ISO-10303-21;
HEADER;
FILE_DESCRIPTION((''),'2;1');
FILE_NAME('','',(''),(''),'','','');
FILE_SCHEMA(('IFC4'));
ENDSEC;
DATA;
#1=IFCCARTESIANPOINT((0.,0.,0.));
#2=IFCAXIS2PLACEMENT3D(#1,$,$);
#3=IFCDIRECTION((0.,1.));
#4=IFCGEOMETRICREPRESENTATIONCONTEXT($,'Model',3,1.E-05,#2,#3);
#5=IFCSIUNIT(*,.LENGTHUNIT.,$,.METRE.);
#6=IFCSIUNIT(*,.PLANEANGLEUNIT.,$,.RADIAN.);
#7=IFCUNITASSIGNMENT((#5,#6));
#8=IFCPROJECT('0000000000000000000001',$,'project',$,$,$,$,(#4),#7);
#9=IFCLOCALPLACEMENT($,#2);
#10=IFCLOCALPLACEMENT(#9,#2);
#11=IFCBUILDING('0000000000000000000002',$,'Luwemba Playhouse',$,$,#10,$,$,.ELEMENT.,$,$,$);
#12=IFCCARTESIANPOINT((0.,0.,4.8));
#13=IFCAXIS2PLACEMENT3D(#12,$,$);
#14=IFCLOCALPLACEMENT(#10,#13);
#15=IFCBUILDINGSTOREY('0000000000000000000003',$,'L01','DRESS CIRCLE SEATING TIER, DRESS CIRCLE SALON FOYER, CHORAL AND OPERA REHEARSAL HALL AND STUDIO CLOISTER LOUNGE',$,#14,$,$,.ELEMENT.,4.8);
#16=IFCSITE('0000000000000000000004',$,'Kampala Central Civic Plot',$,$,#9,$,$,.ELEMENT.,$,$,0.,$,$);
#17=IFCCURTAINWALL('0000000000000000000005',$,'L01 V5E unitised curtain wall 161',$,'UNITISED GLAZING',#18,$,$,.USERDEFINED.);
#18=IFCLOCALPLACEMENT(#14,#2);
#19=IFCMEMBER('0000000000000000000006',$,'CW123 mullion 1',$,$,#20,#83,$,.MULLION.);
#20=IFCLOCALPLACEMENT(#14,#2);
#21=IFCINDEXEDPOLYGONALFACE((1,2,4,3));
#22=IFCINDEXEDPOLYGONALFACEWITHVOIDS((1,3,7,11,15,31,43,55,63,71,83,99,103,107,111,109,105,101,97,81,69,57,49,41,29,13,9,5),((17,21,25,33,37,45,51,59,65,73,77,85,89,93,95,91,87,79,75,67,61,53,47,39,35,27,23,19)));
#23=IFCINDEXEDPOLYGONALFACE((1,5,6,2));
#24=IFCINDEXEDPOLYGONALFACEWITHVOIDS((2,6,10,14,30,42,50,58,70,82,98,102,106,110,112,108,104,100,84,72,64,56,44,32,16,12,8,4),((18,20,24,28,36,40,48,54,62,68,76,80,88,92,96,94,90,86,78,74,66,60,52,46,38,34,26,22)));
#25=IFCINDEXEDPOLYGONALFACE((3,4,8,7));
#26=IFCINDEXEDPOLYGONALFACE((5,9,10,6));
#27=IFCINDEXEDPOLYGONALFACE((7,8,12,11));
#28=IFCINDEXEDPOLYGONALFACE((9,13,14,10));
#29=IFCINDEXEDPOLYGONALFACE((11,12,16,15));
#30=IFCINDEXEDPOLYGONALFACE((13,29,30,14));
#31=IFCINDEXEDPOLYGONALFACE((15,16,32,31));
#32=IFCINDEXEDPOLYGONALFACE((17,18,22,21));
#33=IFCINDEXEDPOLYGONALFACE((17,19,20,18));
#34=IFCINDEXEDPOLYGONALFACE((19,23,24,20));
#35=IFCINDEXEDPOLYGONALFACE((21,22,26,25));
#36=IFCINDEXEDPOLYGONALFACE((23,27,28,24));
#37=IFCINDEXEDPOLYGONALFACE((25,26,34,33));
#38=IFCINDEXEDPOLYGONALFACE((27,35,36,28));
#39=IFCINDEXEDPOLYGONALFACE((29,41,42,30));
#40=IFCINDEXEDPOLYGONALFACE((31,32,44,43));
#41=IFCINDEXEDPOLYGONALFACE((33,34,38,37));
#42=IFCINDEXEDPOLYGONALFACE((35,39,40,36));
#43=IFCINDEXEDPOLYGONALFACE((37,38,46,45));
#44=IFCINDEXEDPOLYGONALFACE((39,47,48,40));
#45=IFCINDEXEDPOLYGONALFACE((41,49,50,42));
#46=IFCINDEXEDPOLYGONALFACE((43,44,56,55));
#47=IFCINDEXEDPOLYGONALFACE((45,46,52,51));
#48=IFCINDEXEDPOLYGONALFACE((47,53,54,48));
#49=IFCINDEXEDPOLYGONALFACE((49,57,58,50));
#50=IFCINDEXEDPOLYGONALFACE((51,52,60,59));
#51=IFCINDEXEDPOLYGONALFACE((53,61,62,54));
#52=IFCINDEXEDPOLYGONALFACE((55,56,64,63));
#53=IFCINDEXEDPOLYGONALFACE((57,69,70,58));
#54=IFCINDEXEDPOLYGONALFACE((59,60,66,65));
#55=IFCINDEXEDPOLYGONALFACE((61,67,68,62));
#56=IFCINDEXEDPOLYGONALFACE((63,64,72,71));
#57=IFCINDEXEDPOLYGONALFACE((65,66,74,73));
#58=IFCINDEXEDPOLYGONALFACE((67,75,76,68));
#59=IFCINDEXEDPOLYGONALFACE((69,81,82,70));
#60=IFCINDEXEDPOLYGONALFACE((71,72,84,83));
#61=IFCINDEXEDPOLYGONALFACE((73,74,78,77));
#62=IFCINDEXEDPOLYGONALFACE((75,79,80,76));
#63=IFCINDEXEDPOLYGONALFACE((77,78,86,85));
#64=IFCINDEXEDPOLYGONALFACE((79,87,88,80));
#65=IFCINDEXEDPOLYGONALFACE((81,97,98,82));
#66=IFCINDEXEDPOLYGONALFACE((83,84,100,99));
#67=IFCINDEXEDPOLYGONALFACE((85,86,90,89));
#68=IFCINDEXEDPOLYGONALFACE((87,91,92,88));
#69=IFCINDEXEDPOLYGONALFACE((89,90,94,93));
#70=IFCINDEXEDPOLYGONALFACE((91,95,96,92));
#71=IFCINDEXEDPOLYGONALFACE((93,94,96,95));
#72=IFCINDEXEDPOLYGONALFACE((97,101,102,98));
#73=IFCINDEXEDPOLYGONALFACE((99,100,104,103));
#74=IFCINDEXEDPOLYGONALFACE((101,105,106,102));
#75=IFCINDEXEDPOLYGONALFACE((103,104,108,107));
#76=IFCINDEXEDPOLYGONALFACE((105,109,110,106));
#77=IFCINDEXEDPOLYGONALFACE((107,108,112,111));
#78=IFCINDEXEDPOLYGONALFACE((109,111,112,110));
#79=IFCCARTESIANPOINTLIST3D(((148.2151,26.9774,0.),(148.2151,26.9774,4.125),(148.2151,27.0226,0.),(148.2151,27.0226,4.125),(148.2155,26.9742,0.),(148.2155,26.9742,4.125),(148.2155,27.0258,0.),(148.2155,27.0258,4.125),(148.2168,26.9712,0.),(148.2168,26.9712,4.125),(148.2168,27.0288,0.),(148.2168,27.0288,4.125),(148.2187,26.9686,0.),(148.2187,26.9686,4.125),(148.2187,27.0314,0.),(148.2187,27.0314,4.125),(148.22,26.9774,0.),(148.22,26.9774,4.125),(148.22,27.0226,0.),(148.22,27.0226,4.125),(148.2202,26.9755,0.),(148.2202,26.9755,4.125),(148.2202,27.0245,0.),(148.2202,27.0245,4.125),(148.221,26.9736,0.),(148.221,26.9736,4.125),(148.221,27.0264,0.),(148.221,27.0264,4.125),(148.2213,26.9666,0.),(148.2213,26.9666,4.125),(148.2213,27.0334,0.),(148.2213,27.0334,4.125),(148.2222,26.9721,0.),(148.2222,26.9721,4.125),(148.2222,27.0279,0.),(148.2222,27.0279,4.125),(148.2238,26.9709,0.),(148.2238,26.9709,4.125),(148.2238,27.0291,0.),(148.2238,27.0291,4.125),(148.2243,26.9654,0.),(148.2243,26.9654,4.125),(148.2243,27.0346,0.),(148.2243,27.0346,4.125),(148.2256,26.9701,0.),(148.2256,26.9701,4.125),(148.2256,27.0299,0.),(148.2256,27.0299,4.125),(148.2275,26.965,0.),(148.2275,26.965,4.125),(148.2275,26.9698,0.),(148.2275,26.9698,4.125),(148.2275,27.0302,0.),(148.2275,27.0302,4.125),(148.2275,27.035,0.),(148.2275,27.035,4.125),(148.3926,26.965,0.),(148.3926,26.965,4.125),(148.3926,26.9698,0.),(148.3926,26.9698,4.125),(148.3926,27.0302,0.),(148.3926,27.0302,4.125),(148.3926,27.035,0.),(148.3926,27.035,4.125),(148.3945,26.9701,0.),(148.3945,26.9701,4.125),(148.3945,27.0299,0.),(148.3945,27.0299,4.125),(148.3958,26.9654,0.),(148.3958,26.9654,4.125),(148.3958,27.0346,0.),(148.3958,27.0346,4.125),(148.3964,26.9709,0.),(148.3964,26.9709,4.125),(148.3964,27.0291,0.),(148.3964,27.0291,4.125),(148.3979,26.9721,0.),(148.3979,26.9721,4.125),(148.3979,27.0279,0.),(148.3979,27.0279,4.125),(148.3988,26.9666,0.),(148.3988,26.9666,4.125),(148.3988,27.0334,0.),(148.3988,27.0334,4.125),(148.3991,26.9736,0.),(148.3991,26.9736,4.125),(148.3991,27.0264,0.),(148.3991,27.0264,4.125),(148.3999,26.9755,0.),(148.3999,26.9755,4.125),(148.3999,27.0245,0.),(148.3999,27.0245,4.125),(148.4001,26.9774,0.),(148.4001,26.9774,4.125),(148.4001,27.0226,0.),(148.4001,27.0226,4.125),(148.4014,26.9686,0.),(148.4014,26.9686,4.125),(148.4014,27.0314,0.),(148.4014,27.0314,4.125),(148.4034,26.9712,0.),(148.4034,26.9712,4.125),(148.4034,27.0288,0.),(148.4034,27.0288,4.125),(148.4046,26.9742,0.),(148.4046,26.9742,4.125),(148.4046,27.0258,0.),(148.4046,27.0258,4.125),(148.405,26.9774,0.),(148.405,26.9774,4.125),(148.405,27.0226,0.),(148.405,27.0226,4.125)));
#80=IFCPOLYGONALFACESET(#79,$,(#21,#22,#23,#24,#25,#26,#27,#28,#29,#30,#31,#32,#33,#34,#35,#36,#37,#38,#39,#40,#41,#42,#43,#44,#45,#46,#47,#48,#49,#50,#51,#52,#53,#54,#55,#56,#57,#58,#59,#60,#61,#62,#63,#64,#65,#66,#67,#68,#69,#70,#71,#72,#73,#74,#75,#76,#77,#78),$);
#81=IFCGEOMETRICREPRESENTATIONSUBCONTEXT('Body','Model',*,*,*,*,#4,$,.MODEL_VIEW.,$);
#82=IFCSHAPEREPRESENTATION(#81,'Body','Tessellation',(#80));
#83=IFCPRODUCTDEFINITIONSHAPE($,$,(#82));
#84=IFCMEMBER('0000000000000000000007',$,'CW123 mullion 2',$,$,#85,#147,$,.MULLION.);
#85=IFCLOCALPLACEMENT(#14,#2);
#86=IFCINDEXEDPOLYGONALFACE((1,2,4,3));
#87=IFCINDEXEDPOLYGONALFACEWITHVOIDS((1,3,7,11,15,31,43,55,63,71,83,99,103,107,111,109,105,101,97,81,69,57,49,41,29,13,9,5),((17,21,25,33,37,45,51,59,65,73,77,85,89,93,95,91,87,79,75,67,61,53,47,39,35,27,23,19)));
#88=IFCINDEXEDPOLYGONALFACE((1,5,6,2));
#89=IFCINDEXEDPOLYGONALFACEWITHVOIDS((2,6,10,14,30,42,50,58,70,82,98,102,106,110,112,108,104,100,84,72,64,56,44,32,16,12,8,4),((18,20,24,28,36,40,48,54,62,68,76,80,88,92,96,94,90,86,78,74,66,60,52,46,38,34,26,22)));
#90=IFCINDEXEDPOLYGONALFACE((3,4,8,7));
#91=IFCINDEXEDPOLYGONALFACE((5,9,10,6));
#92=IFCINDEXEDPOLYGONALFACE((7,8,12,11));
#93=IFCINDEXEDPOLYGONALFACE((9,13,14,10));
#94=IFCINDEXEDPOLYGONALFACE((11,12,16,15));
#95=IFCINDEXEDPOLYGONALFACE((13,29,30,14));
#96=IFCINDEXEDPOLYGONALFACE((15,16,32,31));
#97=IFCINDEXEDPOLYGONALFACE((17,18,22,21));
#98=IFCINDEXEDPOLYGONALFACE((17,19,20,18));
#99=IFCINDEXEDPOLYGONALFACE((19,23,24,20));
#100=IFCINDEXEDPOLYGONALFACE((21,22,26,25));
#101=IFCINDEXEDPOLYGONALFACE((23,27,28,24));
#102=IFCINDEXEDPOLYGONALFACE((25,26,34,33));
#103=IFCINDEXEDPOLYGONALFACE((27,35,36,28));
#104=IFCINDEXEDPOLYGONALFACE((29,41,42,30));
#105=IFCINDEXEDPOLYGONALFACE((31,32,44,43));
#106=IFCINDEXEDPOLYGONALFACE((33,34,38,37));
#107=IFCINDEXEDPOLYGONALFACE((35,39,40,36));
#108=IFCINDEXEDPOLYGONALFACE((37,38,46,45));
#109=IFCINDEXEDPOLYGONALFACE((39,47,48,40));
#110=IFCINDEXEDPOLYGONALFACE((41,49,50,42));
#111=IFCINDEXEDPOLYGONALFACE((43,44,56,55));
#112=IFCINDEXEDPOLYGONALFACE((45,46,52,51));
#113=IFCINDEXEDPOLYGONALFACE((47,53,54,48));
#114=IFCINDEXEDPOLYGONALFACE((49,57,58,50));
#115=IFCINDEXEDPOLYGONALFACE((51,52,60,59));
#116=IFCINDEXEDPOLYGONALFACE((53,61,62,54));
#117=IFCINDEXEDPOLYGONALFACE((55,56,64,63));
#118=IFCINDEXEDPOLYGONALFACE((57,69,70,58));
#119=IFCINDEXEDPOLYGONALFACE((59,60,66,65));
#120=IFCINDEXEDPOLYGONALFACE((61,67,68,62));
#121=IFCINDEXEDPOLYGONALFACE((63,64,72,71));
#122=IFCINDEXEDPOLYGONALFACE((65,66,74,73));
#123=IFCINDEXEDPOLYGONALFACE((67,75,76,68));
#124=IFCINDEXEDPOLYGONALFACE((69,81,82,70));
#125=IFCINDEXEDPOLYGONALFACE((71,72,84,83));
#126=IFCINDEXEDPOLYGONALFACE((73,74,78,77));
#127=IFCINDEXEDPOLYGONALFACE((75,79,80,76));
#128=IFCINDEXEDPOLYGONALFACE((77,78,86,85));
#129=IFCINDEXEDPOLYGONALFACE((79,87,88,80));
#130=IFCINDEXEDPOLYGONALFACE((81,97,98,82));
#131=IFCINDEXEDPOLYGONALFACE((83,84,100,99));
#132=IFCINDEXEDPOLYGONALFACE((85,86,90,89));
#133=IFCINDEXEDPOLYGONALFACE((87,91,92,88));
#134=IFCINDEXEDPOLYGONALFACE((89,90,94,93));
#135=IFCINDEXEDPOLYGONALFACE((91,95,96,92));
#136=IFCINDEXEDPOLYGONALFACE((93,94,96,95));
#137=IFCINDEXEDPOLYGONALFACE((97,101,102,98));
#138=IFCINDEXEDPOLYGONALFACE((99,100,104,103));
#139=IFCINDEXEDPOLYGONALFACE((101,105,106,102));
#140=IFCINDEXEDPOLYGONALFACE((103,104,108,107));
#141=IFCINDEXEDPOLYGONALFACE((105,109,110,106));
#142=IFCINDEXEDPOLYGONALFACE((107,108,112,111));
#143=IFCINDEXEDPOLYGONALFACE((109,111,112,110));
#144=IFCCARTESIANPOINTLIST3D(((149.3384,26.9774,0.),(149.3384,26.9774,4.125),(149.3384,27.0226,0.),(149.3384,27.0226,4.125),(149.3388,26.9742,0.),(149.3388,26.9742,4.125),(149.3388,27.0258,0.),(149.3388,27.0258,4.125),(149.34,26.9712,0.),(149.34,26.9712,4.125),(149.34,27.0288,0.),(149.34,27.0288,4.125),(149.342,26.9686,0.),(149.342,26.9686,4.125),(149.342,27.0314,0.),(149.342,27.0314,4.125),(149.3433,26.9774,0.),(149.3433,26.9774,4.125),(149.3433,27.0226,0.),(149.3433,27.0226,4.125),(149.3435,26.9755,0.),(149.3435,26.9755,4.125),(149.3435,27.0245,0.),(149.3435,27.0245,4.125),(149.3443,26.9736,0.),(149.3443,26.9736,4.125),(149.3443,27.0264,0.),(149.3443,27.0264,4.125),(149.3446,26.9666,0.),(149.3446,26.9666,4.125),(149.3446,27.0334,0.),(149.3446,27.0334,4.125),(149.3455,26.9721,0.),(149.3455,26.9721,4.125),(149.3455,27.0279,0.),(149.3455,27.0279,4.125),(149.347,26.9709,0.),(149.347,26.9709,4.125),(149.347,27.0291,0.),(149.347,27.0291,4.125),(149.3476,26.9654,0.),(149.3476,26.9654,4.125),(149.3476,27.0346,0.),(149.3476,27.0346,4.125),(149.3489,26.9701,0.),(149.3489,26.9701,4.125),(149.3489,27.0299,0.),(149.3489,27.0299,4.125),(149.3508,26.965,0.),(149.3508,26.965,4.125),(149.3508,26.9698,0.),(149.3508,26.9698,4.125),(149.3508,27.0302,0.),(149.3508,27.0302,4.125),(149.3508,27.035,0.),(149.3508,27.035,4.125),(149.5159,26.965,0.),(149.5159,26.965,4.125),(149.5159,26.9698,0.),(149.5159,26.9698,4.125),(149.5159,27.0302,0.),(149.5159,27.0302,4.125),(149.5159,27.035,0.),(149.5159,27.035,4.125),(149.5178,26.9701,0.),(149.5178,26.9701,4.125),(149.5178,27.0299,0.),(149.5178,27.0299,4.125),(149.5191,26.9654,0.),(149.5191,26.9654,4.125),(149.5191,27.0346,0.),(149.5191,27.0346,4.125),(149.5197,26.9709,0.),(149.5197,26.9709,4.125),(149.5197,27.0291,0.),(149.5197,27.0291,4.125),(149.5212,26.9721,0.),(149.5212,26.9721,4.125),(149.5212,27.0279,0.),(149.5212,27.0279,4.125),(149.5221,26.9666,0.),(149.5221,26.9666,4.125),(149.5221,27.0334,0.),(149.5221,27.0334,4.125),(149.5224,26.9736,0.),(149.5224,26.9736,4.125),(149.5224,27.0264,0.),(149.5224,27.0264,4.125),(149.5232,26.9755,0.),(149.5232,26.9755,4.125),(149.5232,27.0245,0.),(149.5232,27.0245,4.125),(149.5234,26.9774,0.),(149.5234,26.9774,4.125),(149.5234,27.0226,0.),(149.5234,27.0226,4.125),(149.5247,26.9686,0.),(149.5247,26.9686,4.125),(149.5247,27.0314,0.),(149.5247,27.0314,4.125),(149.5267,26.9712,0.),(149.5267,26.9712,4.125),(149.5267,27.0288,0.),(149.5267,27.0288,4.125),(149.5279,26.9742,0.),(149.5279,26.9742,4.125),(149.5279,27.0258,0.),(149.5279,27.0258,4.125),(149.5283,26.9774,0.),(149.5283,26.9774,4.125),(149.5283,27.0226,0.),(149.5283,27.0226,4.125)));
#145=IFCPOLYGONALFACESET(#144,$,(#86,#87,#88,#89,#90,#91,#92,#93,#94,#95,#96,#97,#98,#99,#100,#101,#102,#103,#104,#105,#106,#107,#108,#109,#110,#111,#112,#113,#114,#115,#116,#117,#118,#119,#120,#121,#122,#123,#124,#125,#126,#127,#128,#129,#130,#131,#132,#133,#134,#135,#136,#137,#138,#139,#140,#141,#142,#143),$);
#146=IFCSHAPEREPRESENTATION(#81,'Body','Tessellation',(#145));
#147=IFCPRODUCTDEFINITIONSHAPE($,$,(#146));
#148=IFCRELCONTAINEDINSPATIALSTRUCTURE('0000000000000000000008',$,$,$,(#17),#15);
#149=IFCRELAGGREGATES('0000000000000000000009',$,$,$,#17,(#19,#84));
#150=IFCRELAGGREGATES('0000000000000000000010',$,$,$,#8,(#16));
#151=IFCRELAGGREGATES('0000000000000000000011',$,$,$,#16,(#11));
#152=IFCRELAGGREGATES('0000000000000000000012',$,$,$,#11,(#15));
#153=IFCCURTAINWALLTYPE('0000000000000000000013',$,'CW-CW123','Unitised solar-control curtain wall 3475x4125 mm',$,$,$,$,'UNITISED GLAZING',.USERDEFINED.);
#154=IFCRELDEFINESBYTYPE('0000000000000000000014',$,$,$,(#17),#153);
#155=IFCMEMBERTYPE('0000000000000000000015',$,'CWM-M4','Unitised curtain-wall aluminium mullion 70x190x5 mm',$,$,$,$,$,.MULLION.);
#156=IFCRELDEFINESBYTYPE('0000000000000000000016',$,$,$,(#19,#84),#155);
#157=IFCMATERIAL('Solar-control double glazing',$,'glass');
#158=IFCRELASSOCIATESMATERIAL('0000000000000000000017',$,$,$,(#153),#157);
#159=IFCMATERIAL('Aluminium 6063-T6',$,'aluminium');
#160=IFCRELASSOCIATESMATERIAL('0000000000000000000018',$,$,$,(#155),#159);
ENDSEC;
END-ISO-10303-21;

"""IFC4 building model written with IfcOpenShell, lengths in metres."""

from ifc_helpers import new_model, si_unit, direction, frame, origin, origin_2d, place, context, subcontext, project, spatial, hollow_rectangle, extrude, material, material_profile, profile_set, type_object, element, aggregate, save


model = new_model("IFC4")

# Units and contexts
model_context = context("Model", 3, precision=1e-05, world=origin(), true_north=direction((0.0, 1.0)))
body_context = subcontext(model_context, "Body", "Model", "MODEL_VIEW")
ifc_project = project(units=[si_unit("LENGTHUNIT", "METRE"), si_unit("PLANEANGLEUNIT", "RADIAN")], contexts=[model_context])

# Site, building, storey
site_placement = place(None, origin())
site = spatial("IfcSite", under=ifc_project, at=site_placement, Name="Kampala Central Civic Plot", CompositionType="ELEMENT", RefElevation=0.0)
building_placement = place(site_placement, origin())
building = spatial("IfcBuilding", under=site, at=building_placement, Name="Luwemba Playhouse", CompositionType="ELEMENT")
storey_placement = place(building_placement, frame((0.0, 0.0, 4.8)))
storey = spatial("IfcBuildingStorey", under=building, at=storey_placement, Name="L01", Description="DRESS CIRCLE SEATING TIER, DRESS CIRCLE SALON FOYER, CHORAL AND OPERA REHEARSAL HALL AND STUDIO CLOISTER LOUNGE", CompositionType="ELEMENT", Elevation=4.8)

# Curtain wall, members
ifc_material_1 = material(Name="Solar-control double glazing", Category="glass")
curtain_wall_type = type_object("IfcCurtainWallType", Name="CW-CW123", Description="Unitised solar-control curtain wall 3475x4125 mm", ElementType="UNITISED GLAZING", PredefinedType="USERDEFINED", material=ifc_material_1)
curtain_wall_placement = place(storey_placement, origin())
curtain_wall = element("IfcCurtainWall", 1, at=curtain_wall_placement, inside=storey, type_object=curtain_wall_type, Name="L01 V5E unitised curtain wall 161", ObjectType="UNITISED GLAZING", PredefinedType="USERDEFINED")
ifc_material_2 = material(Name="Aluminium 6063-T6", Category="aluminium")
ifc_material_profile_1 = material_profile(ifc_material_2, hollow_rectangle(XDim=0.0701, YDim=0.1899, WallThickness=0.0049, InnerFilletRadius=0.0076, OuterFilletRadius=0.0125, at=origin_2d()))
ifc_profile_set_1 = profile_set([ifc_material_profile_1], Name="Aluminium 6063-T6")
member_type_1 = type_object("IfcMemberType", Name="CWM-M4", Description="Unitised curtain-wall aluminium mullion 70x190x5 mm", PredefinedType="MULLION", material=ifc_profile_set_1)
member_1_placement = place(storey_placement, frame((148.3101, 27.0, 0.0), z_axis=(0.0, 0.0, 1.0), x_axis=(0.0, 1.0, 0.0)))
member_1 = element("IfcMember", 2, at=member_1_placement, type_object=member_type_1, Name="CW123 mullion 1", PredefinedType="MULLION", context=body_context, shape_type="SweptSolid", body=[
    extrude(hollow_rectangle(XDim=0.0701, YDim=0.1899, WallThickness=0.0049, InnerFilletRadius=0.0076, OuterFilletRadius=0.0125, at=origin_2d()), origin(), (0.0, 0.0, 1.0), 4.125),
])
member_2_placement = place(storey_placement, frame((149.4333, 27.0, 0.0), z_axis=(0.0, 0.0, 1.0), x_axis=(0.0, 1.0, 0.0)))
member_2 = element("IfcMember", 3, at=member_2_placement, type_object=member_type_1, Name="CW123 mullion 2", PredefinedType="MULLION", context=body_context, shape_type="SweptSolid", body=[
    extrude(hollow_rectangle(XDim=0.0701, YDim=0.1899, WallThickness=0.0049, InnerFilletRadius=0.0076, OuterFilletRadius=0.0125, at=origin_2d()), origin(), (0.0, 0.0, 1.0), 4.125),
])

aggregate(curtain_wall, [member_1, member_2])

save(model, "model.ifc")
